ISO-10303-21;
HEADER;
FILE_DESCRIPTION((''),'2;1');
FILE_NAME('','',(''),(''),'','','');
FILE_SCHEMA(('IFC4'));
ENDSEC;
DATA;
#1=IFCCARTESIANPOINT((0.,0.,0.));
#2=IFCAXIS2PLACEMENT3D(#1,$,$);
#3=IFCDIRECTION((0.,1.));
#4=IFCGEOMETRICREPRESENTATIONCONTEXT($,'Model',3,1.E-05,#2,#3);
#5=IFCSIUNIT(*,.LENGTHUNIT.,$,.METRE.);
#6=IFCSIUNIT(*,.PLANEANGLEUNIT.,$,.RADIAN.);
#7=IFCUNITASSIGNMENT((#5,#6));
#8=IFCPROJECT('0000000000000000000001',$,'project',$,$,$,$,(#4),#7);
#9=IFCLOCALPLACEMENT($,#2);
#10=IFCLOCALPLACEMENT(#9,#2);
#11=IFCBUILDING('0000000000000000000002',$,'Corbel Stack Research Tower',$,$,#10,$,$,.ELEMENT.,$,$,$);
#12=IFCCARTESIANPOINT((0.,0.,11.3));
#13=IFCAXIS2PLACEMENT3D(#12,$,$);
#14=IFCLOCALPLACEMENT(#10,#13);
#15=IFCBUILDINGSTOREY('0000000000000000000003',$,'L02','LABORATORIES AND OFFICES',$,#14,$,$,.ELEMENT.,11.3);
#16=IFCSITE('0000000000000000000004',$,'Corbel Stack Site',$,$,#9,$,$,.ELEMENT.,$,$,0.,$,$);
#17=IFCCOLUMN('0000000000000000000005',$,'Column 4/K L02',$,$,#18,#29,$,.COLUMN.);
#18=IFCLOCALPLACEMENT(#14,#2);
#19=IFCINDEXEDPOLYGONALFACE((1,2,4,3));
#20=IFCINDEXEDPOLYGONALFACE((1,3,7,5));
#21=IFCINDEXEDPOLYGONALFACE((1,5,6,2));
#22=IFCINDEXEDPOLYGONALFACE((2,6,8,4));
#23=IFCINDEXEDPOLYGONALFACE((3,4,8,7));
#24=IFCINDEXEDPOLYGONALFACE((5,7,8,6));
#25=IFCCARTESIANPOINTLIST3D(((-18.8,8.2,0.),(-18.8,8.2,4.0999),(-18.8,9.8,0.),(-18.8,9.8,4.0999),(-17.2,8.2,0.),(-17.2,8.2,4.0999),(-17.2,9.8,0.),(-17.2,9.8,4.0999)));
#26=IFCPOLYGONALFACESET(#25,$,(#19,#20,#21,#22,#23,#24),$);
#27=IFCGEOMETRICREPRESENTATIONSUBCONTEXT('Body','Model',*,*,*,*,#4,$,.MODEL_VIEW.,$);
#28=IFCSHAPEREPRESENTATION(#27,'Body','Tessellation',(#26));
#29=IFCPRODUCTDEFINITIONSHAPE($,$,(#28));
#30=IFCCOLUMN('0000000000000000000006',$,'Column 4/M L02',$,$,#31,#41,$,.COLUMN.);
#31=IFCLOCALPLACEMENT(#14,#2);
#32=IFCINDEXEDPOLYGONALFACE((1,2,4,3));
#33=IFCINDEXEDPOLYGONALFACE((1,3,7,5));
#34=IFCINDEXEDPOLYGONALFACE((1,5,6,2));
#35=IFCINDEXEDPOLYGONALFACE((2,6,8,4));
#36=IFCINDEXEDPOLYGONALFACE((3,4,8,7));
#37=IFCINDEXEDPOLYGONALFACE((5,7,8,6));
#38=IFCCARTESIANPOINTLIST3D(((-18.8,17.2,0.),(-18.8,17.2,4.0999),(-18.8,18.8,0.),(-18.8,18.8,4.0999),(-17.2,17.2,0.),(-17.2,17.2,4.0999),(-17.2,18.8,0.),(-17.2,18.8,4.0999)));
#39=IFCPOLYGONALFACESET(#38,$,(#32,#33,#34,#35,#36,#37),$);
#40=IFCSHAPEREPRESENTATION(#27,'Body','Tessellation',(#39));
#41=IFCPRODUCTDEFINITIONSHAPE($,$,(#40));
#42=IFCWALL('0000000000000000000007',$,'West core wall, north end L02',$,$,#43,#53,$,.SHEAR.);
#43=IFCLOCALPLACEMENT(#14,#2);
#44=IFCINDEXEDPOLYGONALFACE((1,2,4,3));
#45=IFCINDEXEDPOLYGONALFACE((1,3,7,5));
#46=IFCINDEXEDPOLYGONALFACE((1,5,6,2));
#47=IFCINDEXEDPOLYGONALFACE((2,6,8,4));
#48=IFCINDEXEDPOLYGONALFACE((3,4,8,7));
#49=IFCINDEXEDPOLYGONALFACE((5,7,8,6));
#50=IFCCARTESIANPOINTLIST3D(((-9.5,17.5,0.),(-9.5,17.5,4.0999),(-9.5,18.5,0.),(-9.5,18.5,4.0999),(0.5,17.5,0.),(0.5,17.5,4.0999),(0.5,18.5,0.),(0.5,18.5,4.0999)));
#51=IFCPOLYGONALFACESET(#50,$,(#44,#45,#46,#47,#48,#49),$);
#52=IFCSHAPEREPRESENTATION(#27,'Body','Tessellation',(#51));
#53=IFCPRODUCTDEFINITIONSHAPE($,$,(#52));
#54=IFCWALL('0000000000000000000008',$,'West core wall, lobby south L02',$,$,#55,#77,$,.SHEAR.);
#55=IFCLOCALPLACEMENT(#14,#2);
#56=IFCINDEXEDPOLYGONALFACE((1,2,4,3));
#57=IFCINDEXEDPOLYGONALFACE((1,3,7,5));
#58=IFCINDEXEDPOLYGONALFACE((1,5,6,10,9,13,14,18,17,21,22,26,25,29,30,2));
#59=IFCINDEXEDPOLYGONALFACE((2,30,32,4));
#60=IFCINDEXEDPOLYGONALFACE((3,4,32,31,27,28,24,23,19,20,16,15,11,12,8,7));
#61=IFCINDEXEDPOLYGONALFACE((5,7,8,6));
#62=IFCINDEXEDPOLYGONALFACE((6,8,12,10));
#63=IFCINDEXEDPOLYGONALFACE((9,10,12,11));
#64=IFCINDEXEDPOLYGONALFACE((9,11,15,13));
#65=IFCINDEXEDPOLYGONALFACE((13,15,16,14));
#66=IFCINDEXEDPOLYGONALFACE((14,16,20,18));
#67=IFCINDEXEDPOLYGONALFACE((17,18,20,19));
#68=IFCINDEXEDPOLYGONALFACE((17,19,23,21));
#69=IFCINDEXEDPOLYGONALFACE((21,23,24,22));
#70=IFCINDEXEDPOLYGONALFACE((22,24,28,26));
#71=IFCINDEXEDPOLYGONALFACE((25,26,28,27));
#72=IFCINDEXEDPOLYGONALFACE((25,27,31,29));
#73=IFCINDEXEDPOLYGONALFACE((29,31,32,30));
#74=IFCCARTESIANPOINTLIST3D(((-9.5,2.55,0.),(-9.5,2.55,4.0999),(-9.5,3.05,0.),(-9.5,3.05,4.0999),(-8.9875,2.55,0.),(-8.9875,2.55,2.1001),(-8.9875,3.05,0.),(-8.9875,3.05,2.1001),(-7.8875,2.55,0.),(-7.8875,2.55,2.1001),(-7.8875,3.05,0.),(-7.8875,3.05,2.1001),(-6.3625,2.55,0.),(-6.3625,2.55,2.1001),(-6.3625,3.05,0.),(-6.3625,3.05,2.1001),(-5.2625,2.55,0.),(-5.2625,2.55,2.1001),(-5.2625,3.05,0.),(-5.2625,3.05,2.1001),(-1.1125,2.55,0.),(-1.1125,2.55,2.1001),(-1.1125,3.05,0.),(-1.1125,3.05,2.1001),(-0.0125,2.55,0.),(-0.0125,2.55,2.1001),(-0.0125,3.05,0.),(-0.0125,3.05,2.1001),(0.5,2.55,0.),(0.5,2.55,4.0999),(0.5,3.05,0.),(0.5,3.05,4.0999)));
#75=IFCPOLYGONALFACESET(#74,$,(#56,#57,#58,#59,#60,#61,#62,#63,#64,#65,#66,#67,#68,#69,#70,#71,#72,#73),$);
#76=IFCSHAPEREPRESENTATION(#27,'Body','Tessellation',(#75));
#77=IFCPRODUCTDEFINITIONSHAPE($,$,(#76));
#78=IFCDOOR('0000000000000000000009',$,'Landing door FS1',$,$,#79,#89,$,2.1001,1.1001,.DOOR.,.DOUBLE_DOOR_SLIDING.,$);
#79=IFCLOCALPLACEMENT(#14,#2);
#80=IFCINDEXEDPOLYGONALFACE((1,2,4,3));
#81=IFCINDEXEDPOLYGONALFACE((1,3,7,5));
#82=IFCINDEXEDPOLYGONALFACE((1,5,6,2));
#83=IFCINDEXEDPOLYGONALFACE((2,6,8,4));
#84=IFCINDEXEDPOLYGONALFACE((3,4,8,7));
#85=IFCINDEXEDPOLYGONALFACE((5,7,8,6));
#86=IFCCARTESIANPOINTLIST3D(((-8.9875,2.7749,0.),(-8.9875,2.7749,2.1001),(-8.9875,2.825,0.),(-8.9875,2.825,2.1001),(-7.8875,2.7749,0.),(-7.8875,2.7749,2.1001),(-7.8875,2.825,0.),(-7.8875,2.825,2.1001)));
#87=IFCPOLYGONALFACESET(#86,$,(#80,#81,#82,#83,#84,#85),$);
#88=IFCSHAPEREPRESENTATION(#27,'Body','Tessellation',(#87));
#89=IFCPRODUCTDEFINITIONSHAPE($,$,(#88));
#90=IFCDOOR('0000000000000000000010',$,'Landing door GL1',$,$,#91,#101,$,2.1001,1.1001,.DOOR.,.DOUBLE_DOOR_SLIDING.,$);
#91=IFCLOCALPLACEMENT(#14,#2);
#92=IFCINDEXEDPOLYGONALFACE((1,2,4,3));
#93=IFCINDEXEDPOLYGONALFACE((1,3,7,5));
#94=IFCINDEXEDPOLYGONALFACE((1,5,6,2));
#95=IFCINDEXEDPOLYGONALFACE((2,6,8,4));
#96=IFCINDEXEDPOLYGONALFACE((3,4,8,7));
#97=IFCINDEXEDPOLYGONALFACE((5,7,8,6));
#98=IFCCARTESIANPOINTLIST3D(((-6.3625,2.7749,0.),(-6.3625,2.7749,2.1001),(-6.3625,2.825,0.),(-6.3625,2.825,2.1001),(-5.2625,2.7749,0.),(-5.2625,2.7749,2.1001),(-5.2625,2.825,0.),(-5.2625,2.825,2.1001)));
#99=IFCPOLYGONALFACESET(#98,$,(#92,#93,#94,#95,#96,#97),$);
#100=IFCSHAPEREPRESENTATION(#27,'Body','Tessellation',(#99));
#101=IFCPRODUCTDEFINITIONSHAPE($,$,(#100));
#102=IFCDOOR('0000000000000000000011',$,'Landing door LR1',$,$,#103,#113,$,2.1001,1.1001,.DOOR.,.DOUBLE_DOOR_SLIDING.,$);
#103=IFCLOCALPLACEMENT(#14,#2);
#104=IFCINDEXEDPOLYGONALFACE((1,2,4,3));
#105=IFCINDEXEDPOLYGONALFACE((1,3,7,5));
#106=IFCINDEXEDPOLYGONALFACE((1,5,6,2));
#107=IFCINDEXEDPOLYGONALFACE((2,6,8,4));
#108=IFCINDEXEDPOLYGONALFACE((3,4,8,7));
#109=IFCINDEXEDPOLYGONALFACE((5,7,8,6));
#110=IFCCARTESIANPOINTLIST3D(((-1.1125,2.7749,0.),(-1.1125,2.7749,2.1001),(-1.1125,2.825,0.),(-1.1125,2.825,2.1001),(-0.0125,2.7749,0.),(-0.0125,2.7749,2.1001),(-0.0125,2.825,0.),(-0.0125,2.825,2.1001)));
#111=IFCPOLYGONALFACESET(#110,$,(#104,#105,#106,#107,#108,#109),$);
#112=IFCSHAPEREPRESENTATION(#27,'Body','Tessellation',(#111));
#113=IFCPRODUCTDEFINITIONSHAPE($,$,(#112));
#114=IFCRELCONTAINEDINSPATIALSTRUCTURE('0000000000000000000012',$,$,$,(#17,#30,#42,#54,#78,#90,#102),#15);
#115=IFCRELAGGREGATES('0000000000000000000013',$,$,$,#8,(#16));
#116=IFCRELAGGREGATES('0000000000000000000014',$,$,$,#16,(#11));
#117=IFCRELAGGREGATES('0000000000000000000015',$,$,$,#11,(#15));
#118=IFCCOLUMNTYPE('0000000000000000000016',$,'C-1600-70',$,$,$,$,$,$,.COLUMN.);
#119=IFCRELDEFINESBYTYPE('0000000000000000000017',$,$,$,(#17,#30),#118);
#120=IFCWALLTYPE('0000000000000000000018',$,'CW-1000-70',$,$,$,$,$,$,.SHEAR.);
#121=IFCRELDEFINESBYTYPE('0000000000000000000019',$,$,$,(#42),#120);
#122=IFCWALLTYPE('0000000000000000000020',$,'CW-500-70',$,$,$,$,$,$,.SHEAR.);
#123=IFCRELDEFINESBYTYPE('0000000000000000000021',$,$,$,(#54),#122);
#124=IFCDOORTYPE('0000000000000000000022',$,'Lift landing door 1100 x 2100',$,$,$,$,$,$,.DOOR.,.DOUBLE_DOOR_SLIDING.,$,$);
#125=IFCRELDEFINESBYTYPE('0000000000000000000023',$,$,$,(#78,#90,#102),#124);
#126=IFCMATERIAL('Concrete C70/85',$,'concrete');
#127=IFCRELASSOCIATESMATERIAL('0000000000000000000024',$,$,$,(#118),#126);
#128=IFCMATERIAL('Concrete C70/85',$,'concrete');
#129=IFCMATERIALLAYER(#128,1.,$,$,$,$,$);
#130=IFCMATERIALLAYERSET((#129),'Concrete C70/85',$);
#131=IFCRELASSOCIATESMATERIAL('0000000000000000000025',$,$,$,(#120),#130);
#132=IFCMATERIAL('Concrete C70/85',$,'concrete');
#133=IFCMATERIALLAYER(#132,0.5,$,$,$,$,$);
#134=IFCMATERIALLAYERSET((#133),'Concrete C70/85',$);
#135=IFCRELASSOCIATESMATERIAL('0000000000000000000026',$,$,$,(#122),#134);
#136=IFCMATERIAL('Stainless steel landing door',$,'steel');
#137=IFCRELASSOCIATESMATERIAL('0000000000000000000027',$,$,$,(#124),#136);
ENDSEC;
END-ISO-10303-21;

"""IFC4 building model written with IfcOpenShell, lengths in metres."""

from ifc_helpers import new_model, si_unit, direction, frame, frame_2d, origin, origin_2d, place, context, subcontext, project, spatial, rectangle, extrude, material, layer, layer_set, material_profile, profile_set, type_object, element, fill, save


model = new_model("IFC4")

# Units and contexts
model_context = context("Model", 3, precision=1e-05, world=origin(), true_north=direction((0.0, 1.0)))
body_context = subcontext(model_context, "Body", "Model", "MODEL_VIEW")
ifc_project = project(units=[si_unit("LENGTHUNIT", "METRE"), si_unit("PLANEANGLEUNIT", "RADIAN")], contexts=[model_context])

# Site, building, storey
site_placement = place(None, origin())
site = spatial("IfcSite", under=ifc_project, at=site_placement, Name="Corbel Stack Site", CompositionType="ELEMENT", RefElevation=0.0)
building_placement = place(site_placement, origin())
building = spatial("IfcBuilding", under=site, at=building_placement, Name="Corbel Stack Research Tower", CompositionType="ELEMENT")
storey_placement = place(building_placement, frame((0.0, 0.0, 11.3)))
storey = spatial("IfcBuildingStorey", under=building, at=storey_placement, Name="L02", Description="LABORATORIES AND OFFICES", CompositionType="ELEMENT", Elevation=11.3)

# Columns
ifc_material_1 = material(Name="Concrete C70/85", Category="concrete")
ifc_material_profile = material_profile(ifc_material_1, rectangle(XDim=1.6001, YDim=1.6001, at=origin_2d()), Name="RC 1600 x 1600")
ifc_profile_set = profile_set([ifc_material_profile], Name="Concrete C70/85")
column_type = type_object("IfcColumnType", Name="C-1600-70", PredefinedType="COLUMN", material=ifc_profile_set)
for number, where, z_axis, x_axis, name in (
    (1, (-18.0, 9.0, 0.0), (0.0, 0.0, 1.0), (1.0, 0.0, 0.0), "Column 4/K L02"),
    (2, (-18.0, 18.0, 0.0), (0.0, 0.0, 1.0), (1.0, 0.0, 0.0), "Column 4/M L02"),
):
    element("IfcColumn", number, at=place(storey_placement, frame(where, z_axis=z_axis, x_axis=x_axis)), inside=storey, type_object=column_type, Name=name, PredefinedType="COLUMN", context=body_context, shape_type="SweptSolid", body=[
        extrude(rectangle(XDim=1.6001, YDim=1.6001, at=origin_2d()), origin(), (0.0, 0.0, 1.0), 4.0999),
    ])

# Wall
ifc_material_2 = material(Name="Concrete C70/85", Category="concrete")
ifc_layer_1 = layer(ifc_material_2, 1.0)
ifc_layer_set_1 = layer_set([ifc_layer_1], Name="Concrete C70/85")
wall_type_1 = type_object("IfcWallType", Name="CW-1000-70", PredefinedType="SHEAR", material=ifc_layer_set_1)
wall_1_placement = place(storey_placement, frame((-9.5, 18.0, 0.0), z_axis=(0.0, 0.0, 1.0), x_axis=(1.0, 0.0, 0.0)))
element("IfcWall", 3, at=wall_1_placement, inside=storey, type_object=wall_type_1, Name="West core wall, north end L02", PredefinedType="SHEAR", context=body_context, shape_type="SweptSolid", body=[
    extrude(rectangle(XDim=10.0, YDim=1.0, at=frame_2d((5.0, 0.0))), origin(), (0.0, 0.0, 1.0), 4.0999),
])

# Wall, openings, doors
ifc_material_3 = material(Name="Concrete C70/85", Category="concrete")
ifc_layer_2 = layer(ifc_material_3, 0.5)
ifc_layer_set_2 = layer_set([ifc_layer_2], Name="Concrete C70/85")
wall_type_2 = type_object("IfcWallType", Name="CW-500-70", PredefinedType="SHEAR", material=ifc_layer_set_2)
wall_2_placement = place(storey_placement, frame((-9.5, 2.8, 0.0), z_axis=(0.0, 0.0, 1.0), x_axis=(1.0, 0.0, 0.0)))
wall_2 = element("IfcWall", 4, at=wall_2_placement, inside=storey, type_object=wall_type_2, Name="West core wall, lobby south L02", PredefinedType="SHEAR", context=body_context, shape_type="SweptSolid", body=[
    extrude(rectangle(XDim=10.0, YDim=0.5, at=frame_2d((5.0, 0.0))), origin(), (0.0, 0.0, 1.0), 4.0999),
])
opening_1_placement = place(wall_2_placement, frame((0.5125, 0.0, 0.0)))
opening_1 = element("IfcOpeningElement", 5, at=opening_1_placement, cuts=wall_2, PredefinedType="OPENING", context=body_context, shape_type="SweptSolid", body=[
    extrude(rectangle(XDim=1.1001, YDim=2.1001, at=frame_2d((0.55, 1.05))), frame((0.0, 0.26, 0.0), z_axis=(0.0, -1.0, 0.0), x_axis=(1.0, 0.0, 0.0)), (0.0, 0.0, 1.0), 0.52),
])
opening_2_placement = place(wall_2_placement, frame((3.1375, 0.0, 0.0)))
opening_2 = element("IfcOpeningElement", 6, at=opening_2_placement, cuts=wall_2, PredefinedType="OPENING", context=body_context, shape_type="SweptSolid", body=[
    extrude(rectangle(XDim=1.1001, YDim=2.1001, at=frame_2d((0.55, 1.05))), frame((0.0, 0.26, 0.0), z_axis=(0.0, -1.0, 0.0), x_axis=(1.0, 0.0, 0.0)), (0.0, 0.0, 1.0), 0.52),
])
opening_3_placement = place(wall_2_placement, frame((8.3875, 0.0, 0.0)))
opening_3 = element("IfcOpeningElement", 7, at=opening_3_placement, cuts=wall_2, PredefinedType="OPENING", context=body_context, shape_type="SweptSolid", body=[
    extrude(rectangle(XDim=1.1001, YDim=2.1001, at=frame_2d((0.55, 1.05))), frame((0.0, 0.26, 0.0), z_axis=(0.0, -1.0, 0.0), x_axis=(1.0, 0.0, 0.0)), (0.0, 0.0, 1.0), 0.52),
])
ifc_material_4 = material(Name="Stainless steel landing door", Category="steel")
door_type_1 = type_object("IfcDoorType", Name="Lift landing door 1100 x 2100", OperationType="DOUBLE_DOOR_SLIDING", PredefinedType="DOOR", material=ifc_material_4)
door_1_placement = place(opening_1_placement, origin())
door_1 = element("IfcDoor", 8, at=door_1_placement, inside=storey, type_object=door_type_1, Name="Landing door FS1", OperationType="DOUBLE_DOOR_SLIDING", OverallHeight=2.1001, OverallWidth=1.1001, PredefinedType="DOOR", context=body_context, shape_type="SweptSolid", body=[
    extrude(rectangle(XDim=1.1001, YDim=2.1001, at=frame_2d((0.55, 1.05))), frame((0.0, 0.0249, 0.0), z_axis=(0.0, -1.0, 0.0), x_axis=(1.0, 0.0, 0.0)), (0.0, 0.0, 1.0), 0.05),
])
fill(opening_1, door_1)
door_2_placement = place(opening_2_placement, origin())
door_2 = element("IfcDoor", 9, at=door_2_placement, inside=storey, type_object=door_type_1, Name="Landing door GL1", OperationType="DOUBLE_DOOR_SLIDING", OverallHeight=2.1001, OverallWidth=1.1001, PredefinedType="DOOR", context=body_context, shape_type="SweptSolid", body=[
    extrude(rectangle(XDim=1.1001, YDim=2.1001, at=frame_2d((0.55, 1.05))), frame((0.0, 0.0249, 0.0), z_axis=(0.0, -1.0, 0.0), x_axis=(1.0, 0.0, 0.0)), (0.0, 0.0, 1.0), 0.05),
])
fill(opening_2, door_2)
door_3_placement = place(opening_3_placement, origin())
door_3 = element("IfcDoor", 10, at=door_3_placement, inside=storey, type_object=door_type_1, Name="Landing door LR1", OperationType="DOUBLE_DOOR_SLIDING", OverallHeight=2.1001, OverallWidth=1.1001, PredefinedType="DOOR", context=body_context, shape_type="SweptSolid", body=[
    extrude(rectangle(XDim=1.1001, YDim=2.1001, at=frame_2d((0.55, 1.05))), frame((0.0, 0.0249, 0.0), z_axis=(0.0, -1.0, 0.0), x_axis=(1.0, 0.0, 0.0)), (0.0, 0.0, 1.0), 0.05),
])
fill(opening_3, door_3)

save(model, "model.ifc")
